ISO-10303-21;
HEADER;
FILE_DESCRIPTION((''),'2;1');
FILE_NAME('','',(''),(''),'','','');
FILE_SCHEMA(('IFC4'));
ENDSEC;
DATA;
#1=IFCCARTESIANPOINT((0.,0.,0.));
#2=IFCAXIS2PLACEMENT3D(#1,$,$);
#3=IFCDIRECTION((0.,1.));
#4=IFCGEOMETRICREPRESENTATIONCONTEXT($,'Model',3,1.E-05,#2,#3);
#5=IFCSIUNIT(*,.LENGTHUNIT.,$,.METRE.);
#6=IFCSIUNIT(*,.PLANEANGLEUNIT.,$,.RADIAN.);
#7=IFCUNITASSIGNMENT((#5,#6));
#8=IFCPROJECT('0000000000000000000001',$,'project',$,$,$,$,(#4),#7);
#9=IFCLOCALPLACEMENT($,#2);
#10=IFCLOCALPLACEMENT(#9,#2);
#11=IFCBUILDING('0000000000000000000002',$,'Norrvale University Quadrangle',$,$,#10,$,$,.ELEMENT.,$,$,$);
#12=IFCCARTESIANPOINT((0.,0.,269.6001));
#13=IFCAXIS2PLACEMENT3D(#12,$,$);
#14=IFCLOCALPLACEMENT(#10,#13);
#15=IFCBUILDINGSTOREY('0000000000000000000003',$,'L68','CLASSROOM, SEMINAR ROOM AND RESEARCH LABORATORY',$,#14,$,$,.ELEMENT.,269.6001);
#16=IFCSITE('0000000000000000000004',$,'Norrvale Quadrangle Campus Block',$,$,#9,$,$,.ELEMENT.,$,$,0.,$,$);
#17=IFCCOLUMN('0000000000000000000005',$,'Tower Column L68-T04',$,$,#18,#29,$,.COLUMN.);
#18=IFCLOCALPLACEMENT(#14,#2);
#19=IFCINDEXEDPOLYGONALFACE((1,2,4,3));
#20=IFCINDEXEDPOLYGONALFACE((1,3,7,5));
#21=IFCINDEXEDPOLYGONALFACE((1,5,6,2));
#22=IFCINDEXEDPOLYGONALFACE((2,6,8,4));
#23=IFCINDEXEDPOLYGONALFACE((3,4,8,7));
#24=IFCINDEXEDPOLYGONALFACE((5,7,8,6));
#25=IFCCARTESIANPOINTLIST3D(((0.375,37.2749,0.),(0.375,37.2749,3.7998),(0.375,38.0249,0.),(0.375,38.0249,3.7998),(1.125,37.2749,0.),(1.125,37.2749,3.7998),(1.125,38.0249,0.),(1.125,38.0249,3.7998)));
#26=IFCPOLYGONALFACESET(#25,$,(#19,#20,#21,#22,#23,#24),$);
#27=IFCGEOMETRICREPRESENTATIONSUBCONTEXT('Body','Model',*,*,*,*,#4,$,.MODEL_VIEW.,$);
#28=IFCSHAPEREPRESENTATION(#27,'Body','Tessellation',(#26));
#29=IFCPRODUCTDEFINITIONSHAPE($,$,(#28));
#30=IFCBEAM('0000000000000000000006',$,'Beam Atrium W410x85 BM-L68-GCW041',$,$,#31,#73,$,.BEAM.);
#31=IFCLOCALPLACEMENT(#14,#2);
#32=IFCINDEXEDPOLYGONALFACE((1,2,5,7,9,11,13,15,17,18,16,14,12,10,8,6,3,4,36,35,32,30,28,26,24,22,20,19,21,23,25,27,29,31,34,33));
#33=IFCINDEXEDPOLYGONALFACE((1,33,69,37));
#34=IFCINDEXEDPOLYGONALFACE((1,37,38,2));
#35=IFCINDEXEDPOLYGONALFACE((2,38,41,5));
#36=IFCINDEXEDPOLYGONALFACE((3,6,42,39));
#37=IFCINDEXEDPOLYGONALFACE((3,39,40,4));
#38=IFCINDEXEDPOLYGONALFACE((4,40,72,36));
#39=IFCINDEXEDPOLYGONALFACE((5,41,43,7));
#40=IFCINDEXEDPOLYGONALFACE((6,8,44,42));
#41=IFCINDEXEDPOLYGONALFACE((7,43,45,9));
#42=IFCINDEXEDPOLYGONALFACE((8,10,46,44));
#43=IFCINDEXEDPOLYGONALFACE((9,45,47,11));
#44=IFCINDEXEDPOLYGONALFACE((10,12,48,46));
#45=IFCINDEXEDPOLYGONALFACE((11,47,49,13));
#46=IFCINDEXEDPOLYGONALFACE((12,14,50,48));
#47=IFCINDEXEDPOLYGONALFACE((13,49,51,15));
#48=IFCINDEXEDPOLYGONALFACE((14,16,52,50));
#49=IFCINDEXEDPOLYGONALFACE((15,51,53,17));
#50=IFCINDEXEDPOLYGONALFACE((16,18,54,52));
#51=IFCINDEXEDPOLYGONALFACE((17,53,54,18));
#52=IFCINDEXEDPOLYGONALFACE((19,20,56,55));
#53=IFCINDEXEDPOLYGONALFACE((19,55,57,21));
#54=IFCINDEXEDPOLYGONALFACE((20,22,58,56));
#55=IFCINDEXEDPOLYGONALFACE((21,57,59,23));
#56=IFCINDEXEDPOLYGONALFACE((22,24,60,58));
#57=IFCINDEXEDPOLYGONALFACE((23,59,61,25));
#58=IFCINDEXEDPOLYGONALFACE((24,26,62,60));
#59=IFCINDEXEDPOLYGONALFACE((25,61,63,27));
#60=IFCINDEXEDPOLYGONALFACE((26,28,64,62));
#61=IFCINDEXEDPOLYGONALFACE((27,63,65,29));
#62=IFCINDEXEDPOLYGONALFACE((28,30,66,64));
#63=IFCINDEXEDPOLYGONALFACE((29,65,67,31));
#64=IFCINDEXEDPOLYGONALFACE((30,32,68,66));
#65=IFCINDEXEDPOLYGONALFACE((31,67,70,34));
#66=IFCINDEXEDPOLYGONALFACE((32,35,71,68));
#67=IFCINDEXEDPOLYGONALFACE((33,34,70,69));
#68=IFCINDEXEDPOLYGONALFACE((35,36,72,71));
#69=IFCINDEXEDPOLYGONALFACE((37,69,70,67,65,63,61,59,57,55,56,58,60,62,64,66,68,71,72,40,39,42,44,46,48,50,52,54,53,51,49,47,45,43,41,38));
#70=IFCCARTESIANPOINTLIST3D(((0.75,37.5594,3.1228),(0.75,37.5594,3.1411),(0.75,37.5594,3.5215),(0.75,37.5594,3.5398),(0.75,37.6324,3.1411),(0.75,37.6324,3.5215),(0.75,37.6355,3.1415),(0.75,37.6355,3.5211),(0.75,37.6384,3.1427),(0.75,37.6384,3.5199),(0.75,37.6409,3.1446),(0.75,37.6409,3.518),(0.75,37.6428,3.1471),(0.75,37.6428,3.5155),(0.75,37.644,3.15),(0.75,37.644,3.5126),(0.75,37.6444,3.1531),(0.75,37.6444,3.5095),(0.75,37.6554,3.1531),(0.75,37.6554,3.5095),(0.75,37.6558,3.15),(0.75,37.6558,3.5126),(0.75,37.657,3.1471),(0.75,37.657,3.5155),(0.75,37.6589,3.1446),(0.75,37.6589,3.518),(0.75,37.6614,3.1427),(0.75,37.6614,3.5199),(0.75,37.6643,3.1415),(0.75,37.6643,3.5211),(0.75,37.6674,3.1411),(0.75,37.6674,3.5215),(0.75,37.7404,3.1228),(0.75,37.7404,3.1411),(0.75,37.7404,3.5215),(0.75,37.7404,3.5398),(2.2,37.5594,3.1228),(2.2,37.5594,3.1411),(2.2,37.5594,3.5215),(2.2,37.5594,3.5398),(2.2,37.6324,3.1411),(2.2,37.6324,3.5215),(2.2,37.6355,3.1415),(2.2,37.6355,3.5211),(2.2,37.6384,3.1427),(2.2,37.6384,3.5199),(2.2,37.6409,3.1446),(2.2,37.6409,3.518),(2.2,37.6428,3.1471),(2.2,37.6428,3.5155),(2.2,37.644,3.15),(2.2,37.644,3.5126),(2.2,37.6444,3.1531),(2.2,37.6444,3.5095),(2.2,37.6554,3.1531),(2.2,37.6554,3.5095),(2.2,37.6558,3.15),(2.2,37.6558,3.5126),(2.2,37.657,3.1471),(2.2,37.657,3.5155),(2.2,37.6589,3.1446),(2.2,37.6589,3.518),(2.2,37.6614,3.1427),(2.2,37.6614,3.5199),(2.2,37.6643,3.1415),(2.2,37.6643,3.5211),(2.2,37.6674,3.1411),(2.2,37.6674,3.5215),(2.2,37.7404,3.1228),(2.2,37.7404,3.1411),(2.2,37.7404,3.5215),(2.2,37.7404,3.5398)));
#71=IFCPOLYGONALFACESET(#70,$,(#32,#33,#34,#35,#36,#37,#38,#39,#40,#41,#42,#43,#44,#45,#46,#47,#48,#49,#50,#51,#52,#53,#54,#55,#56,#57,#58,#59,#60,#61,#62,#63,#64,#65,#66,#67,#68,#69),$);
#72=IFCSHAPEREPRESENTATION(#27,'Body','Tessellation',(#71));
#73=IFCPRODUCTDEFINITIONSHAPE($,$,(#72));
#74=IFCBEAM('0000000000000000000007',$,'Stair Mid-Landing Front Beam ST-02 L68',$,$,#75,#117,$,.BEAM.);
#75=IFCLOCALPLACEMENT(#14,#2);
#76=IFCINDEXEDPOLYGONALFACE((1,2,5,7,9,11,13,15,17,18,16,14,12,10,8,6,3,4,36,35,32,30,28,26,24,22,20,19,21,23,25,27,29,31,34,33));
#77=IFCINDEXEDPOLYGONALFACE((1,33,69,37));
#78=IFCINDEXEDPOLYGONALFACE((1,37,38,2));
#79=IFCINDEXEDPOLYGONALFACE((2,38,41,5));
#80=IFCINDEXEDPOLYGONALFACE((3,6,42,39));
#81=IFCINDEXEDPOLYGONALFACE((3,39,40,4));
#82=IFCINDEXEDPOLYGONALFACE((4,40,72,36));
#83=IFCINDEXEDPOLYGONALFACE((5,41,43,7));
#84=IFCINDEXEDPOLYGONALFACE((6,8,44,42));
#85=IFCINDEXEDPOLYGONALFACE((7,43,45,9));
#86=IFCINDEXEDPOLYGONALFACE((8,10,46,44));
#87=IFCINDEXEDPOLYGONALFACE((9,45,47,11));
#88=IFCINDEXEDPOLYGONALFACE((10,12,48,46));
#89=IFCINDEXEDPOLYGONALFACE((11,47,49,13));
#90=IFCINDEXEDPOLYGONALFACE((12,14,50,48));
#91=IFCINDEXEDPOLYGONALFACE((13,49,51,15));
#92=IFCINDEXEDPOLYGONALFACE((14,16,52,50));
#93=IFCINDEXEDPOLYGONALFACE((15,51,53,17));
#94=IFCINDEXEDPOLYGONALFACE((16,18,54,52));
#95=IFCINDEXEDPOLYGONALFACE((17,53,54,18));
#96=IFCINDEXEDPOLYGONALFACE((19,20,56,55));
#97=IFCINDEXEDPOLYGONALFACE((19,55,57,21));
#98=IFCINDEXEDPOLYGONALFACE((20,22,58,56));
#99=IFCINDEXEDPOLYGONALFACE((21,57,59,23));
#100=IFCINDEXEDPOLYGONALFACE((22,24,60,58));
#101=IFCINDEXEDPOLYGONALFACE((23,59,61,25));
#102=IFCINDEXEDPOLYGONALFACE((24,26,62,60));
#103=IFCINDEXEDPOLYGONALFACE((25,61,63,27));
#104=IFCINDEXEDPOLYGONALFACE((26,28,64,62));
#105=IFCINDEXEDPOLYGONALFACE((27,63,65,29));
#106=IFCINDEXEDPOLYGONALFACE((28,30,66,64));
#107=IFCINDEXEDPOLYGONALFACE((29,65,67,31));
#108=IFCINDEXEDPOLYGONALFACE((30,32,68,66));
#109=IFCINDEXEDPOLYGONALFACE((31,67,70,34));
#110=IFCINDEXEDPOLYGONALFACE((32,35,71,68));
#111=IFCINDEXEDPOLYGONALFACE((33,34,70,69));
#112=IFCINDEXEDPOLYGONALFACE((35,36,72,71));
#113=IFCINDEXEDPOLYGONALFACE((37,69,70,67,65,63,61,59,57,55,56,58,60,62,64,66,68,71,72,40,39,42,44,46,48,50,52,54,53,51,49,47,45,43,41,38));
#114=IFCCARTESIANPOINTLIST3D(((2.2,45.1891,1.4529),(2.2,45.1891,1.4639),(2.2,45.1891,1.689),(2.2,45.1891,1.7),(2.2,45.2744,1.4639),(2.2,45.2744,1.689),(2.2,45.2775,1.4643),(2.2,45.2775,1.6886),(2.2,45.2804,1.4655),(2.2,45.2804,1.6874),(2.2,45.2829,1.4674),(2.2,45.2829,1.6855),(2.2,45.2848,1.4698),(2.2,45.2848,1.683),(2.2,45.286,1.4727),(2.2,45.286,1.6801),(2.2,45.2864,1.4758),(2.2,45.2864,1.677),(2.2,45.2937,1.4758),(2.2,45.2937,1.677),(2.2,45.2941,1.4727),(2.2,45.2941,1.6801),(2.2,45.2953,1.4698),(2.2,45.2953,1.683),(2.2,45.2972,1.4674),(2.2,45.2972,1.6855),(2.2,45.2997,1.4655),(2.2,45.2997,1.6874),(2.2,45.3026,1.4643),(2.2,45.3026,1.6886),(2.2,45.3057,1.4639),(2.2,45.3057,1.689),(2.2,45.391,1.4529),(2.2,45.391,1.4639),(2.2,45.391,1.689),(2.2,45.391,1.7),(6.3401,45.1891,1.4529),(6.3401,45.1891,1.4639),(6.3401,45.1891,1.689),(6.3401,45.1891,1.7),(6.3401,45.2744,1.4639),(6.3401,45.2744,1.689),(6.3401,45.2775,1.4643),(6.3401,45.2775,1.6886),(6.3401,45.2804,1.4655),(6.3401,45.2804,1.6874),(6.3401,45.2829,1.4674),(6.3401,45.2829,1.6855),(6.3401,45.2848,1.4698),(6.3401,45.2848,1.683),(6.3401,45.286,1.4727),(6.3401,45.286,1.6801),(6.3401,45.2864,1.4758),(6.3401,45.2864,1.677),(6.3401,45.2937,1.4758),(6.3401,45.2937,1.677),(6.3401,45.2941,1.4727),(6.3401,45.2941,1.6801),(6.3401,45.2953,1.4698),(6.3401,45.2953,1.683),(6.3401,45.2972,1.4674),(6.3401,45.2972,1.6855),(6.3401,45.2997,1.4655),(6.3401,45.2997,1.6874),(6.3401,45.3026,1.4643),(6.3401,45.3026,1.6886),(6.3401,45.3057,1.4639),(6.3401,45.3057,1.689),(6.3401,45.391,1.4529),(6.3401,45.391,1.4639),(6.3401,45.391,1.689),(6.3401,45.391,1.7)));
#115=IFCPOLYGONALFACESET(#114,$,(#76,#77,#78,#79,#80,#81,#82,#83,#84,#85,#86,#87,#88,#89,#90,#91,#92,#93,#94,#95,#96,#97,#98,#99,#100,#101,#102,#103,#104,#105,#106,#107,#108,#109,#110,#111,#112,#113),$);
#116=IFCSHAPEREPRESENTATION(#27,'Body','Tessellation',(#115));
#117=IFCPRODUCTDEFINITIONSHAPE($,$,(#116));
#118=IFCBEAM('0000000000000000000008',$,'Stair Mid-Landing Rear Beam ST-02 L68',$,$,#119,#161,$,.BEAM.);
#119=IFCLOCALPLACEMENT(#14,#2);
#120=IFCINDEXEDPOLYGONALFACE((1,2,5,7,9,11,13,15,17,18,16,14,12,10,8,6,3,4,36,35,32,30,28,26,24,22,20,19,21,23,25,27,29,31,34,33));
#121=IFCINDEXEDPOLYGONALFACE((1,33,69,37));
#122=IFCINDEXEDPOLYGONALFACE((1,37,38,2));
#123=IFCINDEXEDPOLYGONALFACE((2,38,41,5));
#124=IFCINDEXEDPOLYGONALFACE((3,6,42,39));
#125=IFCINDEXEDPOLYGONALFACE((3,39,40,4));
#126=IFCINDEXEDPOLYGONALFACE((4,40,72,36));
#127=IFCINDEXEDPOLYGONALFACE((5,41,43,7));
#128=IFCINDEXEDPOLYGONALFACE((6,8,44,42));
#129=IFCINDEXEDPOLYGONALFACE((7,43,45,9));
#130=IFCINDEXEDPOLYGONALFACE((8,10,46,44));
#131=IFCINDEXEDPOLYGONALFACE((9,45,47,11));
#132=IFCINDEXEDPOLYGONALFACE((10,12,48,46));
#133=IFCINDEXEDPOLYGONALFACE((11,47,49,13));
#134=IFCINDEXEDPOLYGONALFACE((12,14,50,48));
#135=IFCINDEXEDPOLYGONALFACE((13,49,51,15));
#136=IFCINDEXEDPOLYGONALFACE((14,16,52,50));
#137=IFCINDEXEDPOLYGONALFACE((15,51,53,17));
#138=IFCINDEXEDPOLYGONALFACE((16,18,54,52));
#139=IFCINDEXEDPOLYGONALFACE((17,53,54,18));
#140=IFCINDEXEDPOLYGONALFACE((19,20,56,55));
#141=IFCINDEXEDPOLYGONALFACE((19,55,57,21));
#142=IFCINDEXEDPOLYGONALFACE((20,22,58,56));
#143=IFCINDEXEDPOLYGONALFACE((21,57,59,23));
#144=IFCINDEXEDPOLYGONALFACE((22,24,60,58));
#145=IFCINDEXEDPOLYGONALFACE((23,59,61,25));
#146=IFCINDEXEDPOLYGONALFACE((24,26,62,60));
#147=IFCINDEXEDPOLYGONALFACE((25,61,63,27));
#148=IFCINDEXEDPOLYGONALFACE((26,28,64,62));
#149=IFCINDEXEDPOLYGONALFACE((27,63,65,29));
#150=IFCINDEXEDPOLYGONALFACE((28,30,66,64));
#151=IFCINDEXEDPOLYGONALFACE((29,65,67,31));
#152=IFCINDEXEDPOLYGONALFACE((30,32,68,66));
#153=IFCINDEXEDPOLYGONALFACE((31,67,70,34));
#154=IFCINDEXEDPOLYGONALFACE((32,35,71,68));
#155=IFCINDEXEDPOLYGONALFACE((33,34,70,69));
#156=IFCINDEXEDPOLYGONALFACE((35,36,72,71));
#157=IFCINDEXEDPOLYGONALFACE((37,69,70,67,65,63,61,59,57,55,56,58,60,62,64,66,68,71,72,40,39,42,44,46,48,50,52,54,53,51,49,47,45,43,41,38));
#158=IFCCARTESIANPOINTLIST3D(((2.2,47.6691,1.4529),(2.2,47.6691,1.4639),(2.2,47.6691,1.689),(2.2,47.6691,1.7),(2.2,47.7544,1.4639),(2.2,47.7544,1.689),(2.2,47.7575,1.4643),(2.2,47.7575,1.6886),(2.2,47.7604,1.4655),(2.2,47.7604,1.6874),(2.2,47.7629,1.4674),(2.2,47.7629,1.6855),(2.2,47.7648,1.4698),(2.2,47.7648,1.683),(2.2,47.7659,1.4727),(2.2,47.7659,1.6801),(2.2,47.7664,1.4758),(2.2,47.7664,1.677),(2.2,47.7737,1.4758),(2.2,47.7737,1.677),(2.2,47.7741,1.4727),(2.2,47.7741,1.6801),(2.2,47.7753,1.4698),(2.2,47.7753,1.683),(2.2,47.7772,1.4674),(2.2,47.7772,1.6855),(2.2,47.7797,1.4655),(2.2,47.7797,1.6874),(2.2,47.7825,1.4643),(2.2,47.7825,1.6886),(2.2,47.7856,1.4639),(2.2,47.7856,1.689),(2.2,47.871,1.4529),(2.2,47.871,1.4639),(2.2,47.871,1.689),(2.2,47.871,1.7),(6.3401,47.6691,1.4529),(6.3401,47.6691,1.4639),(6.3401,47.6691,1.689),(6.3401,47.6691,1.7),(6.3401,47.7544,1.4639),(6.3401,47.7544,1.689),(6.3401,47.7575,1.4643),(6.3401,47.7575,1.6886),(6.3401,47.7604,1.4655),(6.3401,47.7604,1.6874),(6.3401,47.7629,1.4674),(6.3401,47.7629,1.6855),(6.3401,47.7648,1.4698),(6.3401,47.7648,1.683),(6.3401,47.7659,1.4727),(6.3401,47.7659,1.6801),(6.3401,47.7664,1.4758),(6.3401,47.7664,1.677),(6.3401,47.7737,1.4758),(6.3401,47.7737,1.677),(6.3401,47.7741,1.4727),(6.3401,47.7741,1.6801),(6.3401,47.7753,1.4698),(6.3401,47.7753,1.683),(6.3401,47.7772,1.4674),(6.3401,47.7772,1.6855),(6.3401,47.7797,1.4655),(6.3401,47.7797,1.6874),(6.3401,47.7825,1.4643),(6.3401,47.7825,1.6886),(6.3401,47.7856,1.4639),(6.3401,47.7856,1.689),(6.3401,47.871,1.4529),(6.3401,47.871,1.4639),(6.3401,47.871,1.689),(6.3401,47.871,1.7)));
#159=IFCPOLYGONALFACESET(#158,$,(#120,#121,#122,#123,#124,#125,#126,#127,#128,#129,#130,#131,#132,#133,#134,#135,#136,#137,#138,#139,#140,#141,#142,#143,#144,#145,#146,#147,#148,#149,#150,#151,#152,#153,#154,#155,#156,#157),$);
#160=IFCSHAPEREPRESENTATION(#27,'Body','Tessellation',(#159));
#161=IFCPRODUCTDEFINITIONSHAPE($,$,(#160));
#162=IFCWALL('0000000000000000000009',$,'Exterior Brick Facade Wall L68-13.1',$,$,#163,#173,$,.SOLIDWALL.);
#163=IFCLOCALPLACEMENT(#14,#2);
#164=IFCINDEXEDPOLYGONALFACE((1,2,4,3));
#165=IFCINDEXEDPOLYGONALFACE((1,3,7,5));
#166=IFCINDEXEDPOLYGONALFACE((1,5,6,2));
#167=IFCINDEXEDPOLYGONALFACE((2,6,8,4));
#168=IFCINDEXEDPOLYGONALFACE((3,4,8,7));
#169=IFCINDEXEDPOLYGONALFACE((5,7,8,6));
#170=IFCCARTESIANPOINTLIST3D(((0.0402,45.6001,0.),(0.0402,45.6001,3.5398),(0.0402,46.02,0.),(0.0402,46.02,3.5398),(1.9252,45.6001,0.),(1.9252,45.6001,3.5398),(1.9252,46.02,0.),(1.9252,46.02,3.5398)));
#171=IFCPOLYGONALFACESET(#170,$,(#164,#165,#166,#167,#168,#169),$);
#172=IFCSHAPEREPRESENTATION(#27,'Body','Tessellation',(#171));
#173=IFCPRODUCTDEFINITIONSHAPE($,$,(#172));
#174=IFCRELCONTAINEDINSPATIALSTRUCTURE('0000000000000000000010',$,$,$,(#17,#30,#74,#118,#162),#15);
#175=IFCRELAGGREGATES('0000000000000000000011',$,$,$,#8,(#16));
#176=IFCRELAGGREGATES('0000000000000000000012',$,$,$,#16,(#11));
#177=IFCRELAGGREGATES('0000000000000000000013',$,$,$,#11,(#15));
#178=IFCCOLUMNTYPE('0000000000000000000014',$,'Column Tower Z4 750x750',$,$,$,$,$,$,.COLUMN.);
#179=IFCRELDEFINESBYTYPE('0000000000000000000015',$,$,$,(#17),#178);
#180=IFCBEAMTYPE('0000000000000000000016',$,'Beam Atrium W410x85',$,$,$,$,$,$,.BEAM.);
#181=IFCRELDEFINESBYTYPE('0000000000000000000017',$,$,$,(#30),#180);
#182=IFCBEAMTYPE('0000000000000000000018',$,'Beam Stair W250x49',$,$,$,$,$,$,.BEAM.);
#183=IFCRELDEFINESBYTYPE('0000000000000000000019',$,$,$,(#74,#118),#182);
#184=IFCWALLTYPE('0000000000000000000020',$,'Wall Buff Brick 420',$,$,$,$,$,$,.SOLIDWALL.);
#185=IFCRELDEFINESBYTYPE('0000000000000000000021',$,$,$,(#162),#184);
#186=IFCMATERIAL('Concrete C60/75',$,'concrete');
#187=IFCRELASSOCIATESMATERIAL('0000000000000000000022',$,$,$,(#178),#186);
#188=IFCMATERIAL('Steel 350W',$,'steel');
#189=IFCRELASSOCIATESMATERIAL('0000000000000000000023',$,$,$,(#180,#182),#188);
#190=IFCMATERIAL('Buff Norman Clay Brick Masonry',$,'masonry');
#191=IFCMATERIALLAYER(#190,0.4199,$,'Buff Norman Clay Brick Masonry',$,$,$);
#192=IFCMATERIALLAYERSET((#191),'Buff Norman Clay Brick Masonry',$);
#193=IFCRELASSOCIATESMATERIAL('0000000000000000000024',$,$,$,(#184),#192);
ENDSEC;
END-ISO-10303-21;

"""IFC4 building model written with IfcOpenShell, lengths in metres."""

from ifc_helpers import new_model, si_unit, direction, frame, frame_2d, origin, origin_2d, place, context, subcontext, project, spatial, rectangle, i_section, extrude, material, layer, layer_set, material_profile, profile_set, type_object, element, save


model = new_model("IFC4")

# Units and contexts
model_context = context("Model", 3, precision=1e-05, world=origin(), true_north=direction((0.0, 1.0)))
body_context = subcontext(model_context, "Body", "Model", "MODEL_VIEW")
ifc_project = project(units=[si_unit("LENGTHUNIT", "METRE"), si_unit("PLANEANGLEUNIT", "RADIAN")], contexts=[model_context])

# Site, building, storey
site_placement = place(None, origin())
site = spatial("IfcSite", under=ifc_project, at=site_placement, Name="Norrvale Quadrangle Campus Block", CompositionType="ELEMENT", RefElevation=0.0)
building_placement = place(site_placement, origin())
building = spatial("IfcBuilding", under=site, at=building_placement, Name="Norrvale University Quadrangle", CompositionType="ELEMENT")
storey_placement = place(building_placement, frame((0.0, 0.0, 269.6001)))
storey = spatial("IfcBuildingStorey", under=building, at=storey_placement, Name="L68", Description="CLASSROOM, SEMINAR ROOM AND RESEARCH LABORATORY", CompositionType="ELEMENT", Elevation=269.6001)

# Column
ifc_material_1 = material(Name="Concrete C60/75", Category="concrete")
ifc_material_profile_1 = material_profile(ifc_material_1, rectangle(XDim=0.75, YDim=0.75, at=origin_2d()), Name="Concrete C60/75")
ifc_profile_set_1 = profile_set([ifc_material_profile_1], Name="Concrete C60/75")
column_type = type_object("IfcColumnType", Name="Column Tower Z4 750x750", PredefinedType="COLUMN", material=ifc_profile_set_1)
column_placement = place(storey_placement, frame((0.75, 37.6499, 0.0), z_axis=(0.0, 0.0, 1.0), x_axis=(1.0, 0.0, 0.0)))
element("IfcColumn", 1, at=column_placement, inside=storey, type_object=column_type, Name="Tower Column L68-T04", PredefinedType="COLUMN", context=body_context, shape_type="SweptSolid", body=[
    extrude(rectangle(XDim=0.75, YDim=0.75, at=origin_2d()), origin(), (0.0, 0.0, 1.0), 3.7998),
])

# Beams
ifc_material_2 = material(Name="Steel 350W", Category="steel")
ifc_material_profile_2 = material_profile(ifc_material_2, i_section(OverallWidth=0.1809, OverallDepth=0.417, WebThickness=0.011, FlangeThickness=0.0183, FilletRadius=0.012, at=origin_2d()), Name="Steel 350W")
ifc_profile_set_2 = profile_set([ifc_material_profile_2], Name="Steel 350W")
beam_type_1 = type_object("IfcBeamType", Name="Beam Atrium W410x85", PredefinedType="BEAM", material=ifc_profile_set_2)
beam_placement = place(storey_placement, frame((0.75, 37.6499, 3.3313), z_axis=(1.0, 0.0, 0.0), x_axis=(0.0, 1.0, 0.0)))
element("IfcBeam", 2, at=beam_placement, inside=storey, type_object=beam_type_1, Name="Beam Atrium W410x85 BM-L68-GCW041", PredefinedType="BEAM", context=body_context, shape_type="SweptSolid", body=[
    extrude(i_section(OverallWidth=0.1809, OverallDepth=0.417, WebThickness=0.011, FlangeThickness=0.0183, FilletRadius=0.012, at=origin_2d()), origin(), (0.0, 0.0, 1.0), 1.45),
])
ifc_material_profile_3 = material_profile(ifc_material_2, i_section(OverallWidth=0.2019, OverallDepth=0.2471, WebThickness=0.0073, FlangeThickness=0.011, FilletRadius=0.012, at=origin_2d()), Name="Steel 350W")
ifc_profile_set_3 = profile_set([ifc_material_profile_3], Name="Steel 350W")
beam_type_2 = type_object("IfcBeamType", Name="Beam Stair W250x49", PredefinedType="BEAM", material=ifc_profile_set_3)
for number, where, z_axis, x_axis, name in (
    (3, (2.2, 45.29, 1.5764), (1.0, 0.0, 0.0), (0.0, 1.0, 0.0), "Stair Mid-Landing Front Beam ST-02 L68"),
    (4, (2.2, 47.77, 1.5764), (1.0, 0.0, 0.0), (0.0, 1.0, 0.0), "Stair Mid-Landing Rear Beam ST-02 L68"),
):
    element("IfcBeam", number, at=place(storey_placement, frame(where, z_axis=z_axis, x_axis=x_axis)), inside=storey, type_object=beam_type_2, Name=name, PredefinedType="BEAM", context=body_context, shape_type="SweptSolid", body=[
        extrude(i_section(OverallWidth=0.2019, OverallDepth=0.2471, WebThickness=0.0073, FlangeThickness=0.011, FilletRadius=0.012, at=origin_2d()), origin(), (0.0, 0.0, 1.0), 4.1401),
    ])

# Wall
ifc_material_3 = material(Name="Buff Norman Clay Brick Masonry", Category="masonry")
ifc_layer_1 = layer(ifc_material_3, 0.4199, Name="Buff Norman Clay Brick Masonry")
ifc_layer_set_1 = layer_set([ifc_layer_1], Name="Buff Norman Clay Brick Masonry")
wall_type_1 = type_object("IfcWallType", Name="Wall Buff Brick 420", PredefinedType="SOLIDWALL", material=ifc_layer_set_1)
wall_1_placement = place(storey_placement, frame((1.925, 45.8101, 0.0), z_axis=(0.0, 0.0, 1.0), x_axis=(-1.0, 0.0, 0.0)))
element("IfcWall", 5, at=wall_1_placement, inside=storey, type_object=wall_type_1, Name="Exterior Brick Facade Wall L68-13.1", PredefinedType="SOLIDWALL", context=body_context, shape_type="SweptSolid", body=[
    extrude(rectangle(XDim=1.885, YDim=0.4199, at=frame_2d((0.9424, 0.0))), origin(), (0.0, 0.0, 1.0), 3.5398),
])

save(model, "model.ifc")
